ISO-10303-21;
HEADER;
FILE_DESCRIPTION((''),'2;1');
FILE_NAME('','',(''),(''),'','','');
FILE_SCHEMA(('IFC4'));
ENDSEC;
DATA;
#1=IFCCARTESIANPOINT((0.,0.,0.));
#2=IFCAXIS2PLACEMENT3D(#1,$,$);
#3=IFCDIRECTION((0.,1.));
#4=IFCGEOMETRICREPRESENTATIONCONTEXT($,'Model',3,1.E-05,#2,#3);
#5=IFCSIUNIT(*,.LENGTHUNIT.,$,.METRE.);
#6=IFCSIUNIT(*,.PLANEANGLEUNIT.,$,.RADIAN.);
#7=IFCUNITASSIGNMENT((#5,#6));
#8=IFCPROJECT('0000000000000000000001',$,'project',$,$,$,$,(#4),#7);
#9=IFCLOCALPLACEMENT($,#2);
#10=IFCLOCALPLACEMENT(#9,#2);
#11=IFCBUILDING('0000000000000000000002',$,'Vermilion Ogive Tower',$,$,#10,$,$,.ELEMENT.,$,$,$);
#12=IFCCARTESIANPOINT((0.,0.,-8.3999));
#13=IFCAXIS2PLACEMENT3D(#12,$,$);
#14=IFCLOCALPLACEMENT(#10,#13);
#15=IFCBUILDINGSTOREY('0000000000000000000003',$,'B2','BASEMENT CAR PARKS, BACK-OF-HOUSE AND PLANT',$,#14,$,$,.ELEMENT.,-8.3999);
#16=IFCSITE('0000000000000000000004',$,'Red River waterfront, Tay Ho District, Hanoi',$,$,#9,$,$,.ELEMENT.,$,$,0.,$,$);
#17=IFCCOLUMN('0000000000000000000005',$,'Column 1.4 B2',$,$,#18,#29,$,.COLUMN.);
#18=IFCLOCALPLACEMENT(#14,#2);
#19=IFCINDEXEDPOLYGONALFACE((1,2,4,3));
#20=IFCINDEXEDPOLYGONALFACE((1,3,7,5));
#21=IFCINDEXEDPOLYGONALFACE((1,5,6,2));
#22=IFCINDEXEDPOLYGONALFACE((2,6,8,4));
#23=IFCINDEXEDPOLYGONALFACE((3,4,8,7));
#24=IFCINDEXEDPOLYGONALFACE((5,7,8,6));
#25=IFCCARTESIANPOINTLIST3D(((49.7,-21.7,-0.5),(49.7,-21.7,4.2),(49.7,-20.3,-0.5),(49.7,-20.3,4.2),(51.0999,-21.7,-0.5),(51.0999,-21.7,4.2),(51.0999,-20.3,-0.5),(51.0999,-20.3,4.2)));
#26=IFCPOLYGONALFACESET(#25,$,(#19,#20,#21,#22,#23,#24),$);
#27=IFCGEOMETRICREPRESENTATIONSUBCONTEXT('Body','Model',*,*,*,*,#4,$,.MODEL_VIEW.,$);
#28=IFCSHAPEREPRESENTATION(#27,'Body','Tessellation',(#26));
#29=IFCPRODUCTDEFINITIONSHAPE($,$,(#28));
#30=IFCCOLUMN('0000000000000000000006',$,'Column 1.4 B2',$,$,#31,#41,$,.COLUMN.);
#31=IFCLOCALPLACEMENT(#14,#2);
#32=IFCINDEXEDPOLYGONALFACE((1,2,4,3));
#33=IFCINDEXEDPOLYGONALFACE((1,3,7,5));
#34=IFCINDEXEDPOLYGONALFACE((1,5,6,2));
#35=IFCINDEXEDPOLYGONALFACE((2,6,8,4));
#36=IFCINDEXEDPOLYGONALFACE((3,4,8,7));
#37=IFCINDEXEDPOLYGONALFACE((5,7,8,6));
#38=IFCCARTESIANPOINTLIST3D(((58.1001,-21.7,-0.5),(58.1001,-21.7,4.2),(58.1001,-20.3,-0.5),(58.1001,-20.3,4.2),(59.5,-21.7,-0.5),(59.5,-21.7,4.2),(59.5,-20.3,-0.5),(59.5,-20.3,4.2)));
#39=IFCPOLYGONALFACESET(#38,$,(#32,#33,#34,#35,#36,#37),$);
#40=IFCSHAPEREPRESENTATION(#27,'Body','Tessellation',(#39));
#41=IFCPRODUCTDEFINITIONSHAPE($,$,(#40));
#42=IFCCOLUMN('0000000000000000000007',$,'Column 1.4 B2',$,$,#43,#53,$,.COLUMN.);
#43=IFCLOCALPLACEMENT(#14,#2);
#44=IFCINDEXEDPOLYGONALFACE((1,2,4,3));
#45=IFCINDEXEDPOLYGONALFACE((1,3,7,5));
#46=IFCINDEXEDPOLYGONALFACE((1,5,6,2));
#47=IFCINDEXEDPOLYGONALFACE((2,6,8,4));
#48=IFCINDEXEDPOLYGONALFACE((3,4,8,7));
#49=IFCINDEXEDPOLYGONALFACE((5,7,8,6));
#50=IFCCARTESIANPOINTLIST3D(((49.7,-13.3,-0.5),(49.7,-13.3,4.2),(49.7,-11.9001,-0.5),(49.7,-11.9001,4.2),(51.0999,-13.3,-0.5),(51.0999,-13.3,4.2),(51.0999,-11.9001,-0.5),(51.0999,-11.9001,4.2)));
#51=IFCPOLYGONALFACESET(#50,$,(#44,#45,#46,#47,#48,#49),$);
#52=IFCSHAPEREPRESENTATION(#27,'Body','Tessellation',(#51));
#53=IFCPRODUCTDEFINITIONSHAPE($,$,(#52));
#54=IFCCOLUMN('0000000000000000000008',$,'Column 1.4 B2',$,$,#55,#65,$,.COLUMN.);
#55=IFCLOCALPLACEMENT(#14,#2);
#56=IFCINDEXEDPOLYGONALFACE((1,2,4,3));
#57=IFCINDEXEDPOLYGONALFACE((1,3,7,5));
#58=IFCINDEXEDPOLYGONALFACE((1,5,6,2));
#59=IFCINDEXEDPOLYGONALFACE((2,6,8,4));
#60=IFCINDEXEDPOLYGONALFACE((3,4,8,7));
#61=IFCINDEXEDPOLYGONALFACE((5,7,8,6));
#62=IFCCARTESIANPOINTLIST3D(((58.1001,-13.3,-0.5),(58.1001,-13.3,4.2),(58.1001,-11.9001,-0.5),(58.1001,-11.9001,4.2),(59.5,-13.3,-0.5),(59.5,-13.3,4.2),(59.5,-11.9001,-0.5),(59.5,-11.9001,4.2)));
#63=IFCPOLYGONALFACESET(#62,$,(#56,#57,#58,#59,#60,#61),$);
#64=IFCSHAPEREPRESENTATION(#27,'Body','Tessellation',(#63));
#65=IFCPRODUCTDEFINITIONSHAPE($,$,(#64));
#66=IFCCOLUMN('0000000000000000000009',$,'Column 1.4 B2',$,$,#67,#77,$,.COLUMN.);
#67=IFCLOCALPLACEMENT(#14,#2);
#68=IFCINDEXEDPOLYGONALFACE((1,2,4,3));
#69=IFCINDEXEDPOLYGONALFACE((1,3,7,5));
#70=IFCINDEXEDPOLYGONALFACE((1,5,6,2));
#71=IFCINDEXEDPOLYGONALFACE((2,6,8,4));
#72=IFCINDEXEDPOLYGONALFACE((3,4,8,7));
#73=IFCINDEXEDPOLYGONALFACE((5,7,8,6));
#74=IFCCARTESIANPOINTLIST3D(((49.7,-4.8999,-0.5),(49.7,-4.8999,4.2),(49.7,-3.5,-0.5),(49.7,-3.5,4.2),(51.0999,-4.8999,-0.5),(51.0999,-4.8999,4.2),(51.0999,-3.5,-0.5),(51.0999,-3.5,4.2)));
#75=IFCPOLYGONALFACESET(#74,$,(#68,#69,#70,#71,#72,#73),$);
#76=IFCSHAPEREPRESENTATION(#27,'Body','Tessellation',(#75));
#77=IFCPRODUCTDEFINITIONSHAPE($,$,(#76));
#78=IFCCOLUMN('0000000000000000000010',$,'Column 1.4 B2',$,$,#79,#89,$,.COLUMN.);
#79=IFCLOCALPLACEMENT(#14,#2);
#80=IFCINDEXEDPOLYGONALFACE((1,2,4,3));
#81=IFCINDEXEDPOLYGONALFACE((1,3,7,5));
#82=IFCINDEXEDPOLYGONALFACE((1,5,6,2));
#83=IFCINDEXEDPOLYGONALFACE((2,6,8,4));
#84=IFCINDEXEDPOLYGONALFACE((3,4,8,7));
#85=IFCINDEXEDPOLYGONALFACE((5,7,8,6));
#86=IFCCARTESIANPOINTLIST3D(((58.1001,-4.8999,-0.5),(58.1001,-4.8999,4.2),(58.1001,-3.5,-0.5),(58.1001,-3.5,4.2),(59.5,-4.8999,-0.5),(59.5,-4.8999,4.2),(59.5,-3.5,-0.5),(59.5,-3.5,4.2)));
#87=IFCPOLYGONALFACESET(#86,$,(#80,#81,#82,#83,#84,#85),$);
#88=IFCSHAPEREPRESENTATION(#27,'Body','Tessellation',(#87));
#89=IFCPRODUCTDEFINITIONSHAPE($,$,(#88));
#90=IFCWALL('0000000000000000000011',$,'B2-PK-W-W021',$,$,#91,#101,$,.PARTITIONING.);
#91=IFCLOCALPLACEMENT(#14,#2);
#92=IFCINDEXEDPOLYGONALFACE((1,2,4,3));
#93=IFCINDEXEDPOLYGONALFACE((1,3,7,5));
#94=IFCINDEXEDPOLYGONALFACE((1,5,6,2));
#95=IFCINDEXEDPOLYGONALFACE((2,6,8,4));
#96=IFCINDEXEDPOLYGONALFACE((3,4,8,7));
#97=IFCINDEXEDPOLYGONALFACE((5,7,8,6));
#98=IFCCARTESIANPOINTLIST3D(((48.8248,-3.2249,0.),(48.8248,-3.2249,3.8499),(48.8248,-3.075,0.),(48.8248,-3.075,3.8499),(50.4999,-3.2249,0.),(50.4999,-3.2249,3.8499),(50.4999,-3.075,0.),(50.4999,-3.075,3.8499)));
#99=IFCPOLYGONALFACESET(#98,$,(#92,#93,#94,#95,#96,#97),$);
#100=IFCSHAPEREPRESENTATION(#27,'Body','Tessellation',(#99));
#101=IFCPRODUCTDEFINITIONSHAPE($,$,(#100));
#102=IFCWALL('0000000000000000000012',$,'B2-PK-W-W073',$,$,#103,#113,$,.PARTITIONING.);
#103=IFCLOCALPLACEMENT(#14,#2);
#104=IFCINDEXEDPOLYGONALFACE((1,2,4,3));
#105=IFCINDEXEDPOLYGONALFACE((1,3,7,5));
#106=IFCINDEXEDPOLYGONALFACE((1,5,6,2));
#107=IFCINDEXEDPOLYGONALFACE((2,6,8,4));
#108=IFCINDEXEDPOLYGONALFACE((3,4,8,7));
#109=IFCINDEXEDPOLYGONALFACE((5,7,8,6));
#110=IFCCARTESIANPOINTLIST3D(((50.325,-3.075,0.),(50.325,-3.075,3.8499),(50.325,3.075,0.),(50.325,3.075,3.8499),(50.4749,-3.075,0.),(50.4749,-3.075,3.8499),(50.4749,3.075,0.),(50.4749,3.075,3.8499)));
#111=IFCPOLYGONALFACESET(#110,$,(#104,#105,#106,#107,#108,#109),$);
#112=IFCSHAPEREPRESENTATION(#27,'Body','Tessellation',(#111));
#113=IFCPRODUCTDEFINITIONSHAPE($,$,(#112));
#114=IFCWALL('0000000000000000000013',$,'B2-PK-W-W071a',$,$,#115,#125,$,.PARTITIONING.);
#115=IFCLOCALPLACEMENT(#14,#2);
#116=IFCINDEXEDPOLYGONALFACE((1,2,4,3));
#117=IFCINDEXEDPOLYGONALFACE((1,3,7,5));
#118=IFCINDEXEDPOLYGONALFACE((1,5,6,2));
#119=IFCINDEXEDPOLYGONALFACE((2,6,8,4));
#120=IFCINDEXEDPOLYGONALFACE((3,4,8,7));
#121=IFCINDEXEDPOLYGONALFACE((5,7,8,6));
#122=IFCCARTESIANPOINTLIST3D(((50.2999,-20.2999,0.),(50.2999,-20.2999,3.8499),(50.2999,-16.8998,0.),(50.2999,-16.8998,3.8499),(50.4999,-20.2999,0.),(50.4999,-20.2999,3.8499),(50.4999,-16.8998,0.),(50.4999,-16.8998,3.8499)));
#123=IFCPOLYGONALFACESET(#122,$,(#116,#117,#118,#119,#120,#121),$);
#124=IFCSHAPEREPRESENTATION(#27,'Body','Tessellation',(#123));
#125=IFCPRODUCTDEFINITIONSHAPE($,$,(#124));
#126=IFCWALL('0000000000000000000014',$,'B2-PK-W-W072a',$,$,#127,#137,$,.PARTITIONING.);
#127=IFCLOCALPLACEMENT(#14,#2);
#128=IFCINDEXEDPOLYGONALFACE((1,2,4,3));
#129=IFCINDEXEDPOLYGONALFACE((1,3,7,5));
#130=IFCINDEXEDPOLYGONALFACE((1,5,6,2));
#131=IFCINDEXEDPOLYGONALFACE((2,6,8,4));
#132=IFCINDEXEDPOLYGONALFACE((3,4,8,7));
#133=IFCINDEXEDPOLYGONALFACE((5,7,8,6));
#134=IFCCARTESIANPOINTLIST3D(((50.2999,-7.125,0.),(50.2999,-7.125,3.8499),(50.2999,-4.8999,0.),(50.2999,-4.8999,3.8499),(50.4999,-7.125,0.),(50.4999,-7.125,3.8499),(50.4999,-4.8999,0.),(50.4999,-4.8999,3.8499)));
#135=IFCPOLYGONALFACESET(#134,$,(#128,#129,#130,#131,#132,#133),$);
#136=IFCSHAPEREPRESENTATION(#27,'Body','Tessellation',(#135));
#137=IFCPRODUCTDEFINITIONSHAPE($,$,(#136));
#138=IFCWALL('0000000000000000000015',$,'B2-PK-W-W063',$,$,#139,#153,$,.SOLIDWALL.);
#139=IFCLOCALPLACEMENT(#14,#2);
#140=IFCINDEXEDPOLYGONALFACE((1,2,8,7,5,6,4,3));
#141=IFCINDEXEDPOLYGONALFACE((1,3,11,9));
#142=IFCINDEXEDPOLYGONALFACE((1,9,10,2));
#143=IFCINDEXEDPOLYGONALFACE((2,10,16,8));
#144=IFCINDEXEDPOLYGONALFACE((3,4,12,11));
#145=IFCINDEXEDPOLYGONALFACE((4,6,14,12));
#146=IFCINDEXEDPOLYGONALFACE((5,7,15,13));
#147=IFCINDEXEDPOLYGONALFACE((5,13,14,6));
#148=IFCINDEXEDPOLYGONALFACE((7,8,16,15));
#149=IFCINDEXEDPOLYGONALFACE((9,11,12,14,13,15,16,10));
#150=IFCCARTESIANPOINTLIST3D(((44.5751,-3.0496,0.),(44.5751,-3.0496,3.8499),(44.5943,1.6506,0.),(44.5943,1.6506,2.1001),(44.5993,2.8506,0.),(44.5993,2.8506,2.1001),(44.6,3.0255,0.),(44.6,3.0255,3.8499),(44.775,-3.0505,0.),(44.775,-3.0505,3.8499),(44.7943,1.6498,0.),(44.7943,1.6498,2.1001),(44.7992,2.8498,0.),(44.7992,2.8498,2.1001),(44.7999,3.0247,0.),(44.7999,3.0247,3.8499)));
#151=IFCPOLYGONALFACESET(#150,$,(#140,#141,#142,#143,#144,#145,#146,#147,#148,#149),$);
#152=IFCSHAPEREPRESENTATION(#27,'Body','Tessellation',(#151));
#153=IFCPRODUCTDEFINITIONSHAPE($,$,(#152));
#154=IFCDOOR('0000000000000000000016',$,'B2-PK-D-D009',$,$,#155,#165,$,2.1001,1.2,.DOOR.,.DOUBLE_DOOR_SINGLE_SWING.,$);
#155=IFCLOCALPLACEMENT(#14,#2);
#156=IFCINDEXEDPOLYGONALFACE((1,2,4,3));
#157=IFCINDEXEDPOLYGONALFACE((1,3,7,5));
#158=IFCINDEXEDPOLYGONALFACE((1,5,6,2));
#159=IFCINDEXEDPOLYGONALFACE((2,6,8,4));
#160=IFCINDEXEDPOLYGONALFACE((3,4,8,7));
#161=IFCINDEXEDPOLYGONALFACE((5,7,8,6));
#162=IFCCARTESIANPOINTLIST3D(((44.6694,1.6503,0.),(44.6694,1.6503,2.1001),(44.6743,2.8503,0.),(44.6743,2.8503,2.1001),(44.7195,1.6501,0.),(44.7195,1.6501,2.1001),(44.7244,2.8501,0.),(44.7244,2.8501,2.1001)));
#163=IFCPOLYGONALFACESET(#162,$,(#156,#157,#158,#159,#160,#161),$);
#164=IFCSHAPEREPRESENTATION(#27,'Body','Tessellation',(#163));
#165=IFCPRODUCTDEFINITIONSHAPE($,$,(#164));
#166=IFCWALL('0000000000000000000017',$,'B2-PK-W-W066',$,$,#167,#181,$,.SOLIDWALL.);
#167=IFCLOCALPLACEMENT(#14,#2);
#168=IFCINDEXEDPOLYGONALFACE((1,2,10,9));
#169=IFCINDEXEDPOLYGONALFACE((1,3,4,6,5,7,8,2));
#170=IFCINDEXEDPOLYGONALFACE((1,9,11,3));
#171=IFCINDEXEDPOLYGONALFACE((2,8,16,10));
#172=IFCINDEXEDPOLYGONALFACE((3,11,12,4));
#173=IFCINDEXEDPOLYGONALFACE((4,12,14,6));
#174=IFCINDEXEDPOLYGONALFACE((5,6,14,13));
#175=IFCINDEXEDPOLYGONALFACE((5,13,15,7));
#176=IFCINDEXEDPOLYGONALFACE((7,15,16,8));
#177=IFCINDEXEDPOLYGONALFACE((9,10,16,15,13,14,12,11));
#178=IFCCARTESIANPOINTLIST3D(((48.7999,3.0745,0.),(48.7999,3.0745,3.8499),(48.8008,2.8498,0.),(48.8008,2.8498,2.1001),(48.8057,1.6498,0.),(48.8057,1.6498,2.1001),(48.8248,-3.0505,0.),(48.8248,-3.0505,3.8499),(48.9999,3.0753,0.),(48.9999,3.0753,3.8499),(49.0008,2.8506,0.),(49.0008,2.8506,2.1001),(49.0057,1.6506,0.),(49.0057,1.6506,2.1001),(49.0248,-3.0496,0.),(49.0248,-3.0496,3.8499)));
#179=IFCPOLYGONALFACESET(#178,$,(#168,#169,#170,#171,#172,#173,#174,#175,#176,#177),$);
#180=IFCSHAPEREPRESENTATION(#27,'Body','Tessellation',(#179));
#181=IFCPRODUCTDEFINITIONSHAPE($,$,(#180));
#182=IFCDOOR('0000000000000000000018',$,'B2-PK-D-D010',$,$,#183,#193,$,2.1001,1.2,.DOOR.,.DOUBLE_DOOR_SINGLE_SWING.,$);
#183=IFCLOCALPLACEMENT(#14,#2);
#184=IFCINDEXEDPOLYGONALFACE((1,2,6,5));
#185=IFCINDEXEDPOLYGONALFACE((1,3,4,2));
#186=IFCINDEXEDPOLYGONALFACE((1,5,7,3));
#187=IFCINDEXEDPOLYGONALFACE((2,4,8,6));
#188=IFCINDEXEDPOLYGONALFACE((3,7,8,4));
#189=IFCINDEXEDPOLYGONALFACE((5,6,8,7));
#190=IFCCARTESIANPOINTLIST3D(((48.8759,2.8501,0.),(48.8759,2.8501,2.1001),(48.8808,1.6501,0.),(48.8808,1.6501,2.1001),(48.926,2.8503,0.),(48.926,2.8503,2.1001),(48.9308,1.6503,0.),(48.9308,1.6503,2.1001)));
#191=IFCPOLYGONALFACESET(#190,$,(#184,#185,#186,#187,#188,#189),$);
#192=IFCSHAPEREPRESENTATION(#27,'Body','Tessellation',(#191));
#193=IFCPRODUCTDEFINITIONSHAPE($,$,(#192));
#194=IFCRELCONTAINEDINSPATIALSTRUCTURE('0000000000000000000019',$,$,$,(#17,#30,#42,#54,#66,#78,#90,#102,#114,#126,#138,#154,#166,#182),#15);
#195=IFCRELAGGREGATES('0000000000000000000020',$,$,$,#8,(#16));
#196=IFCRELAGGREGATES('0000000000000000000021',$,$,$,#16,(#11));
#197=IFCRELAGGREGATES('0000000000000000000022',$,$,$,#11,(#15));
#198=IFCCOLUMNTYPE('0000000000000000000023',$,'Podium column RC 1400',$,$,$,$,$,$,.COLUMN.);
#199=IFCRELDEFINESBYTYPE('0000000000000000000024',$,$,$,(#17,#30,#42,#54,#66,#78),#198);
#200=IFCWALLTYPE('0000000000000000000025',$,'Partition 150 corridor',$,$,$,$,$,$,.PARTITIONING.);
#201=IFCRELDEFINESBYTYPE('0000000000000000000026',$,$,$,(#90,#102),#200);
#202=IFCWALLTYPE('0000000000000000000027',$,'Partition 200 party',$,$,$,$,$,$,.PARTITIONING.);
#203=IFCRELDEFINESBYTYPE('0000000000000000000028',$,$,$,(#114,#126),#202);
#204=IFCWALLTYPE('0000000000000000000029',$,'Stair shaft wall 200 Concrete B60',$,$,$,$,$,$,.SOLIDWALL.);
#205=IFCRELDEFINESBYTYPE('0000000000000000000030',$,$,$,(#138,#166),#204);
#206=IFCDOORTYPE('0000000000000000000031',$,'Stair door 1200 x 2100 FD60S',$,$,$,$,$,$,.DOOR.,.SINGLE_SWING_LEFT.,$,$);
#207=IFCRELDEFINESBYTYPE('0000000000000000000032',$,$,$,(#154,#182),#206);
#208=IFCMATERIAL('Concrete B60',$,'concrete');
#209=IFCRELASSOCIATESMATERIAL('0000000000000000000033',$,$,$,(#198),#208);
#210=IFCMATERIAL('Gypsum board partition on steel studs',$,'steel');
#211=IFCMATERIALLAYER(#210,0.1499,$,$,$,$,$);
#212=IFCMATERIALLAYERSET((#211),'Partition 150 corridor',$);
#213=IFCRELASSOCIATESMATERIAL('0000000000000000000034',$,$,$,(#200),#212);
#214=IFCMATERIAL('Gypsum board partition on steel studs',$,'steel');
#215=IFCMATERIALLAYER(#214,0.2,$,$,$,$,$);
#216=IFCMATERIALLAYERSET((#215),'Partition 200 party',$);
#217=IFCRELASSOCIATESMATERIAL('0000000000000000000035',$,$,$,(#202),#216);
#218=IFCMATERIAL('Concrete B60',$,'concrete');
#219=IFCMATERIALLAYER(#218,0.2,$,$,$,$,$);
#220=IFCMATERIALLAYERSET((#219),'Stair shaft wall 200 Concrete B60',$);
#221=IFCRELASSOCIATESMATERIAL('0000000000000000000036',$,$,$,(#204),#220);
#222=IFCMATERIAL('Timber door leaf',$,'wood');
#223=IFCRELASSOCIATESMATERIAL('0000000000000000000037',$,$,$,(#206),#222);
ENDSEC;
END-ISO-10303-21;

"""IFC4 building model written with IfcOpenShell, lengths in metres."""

from ifc_helpers import new_model, si_unit, direction, frame, frame_2d, origin, origin_2d, place, context, subcontext, project, spatial, rectangle, extrude, material, layer, layer_set, material_profile, profile_set, type_object, element, fill, save


model = new_model("IFC4")

# Units and contexts
model_context = context("Model", 3, precision=1e-05, world=origin(), true_north=direction((0.0, 1.0)))
body_context = subcontext(model_context, "Body", "Model", "MODEL_VIEW")
ifc_project = project(units=[si_unit("LENGTHUNIT", "METRE"), si_unit("PLANEANGLEUNIT", "RADIAN")], contexts=[model_context])

# Site, building, storey
site_placement = place(None, origin())
site = spatial("IfcSite", under=ifc_project, at=site_placement, Name="Red River waterfront, Tay Ho District, Hanoi", CompositionType="ELEMENT", RefElevation=0.0)
building_placement = place(site_placement, origin())
building = spatial("IfcBuilding", under=site, at=building_placement, Name="Vermilion Ogive Tower", CompositionType="ELEMENT")
storey_placement = place(building_placement, frame((0.0, 0.0, -8.3999)))
storey = spatial("IfcBuildingStorey", under=building, at=storey_placement, Name="B2", Description="BASEMENT CAR PARKS, BACK-OF-HOUSE AND PLANT", CompositionType="ELEMENT", Elevation=-8.3999)

# Columns
ifc_material_1 = material(Name="Concrete B60", Category="concrete")
ifc_material_profile = material_profile(ifc_material_1, rectangle(XDim=1.3999, YDim=1.3999, at=origin_2d()), Name="RC 1400x1400")
ifc_profile_set = profile_set([ifc_material_profile], Name="Concrete B60")
column_type = type_object("IfcColumnType", Name="Podium column RC 1400", PredefinedType="COLUMN", material=ifc_profile_set)
for number, where, z_axis, x_axis, name in (
    (1, (50.3999, -21.0, -0.5), (0.0, 0.0, 1.0), (1.0, 0.0, 0.0), "Column 1.4 B2"),
    (2, (58.8, -21.0, -0.5), (0.0, 0.0, 1.0), (1.0, 0.0, 0.0), "Column 1.4 B2"),
    (3, (50.3999, -12.6001, -0.5), (0.0, 0.0, 1.0), (1.0, 0.0, 0.0), "Column 1.4 B2"),
    (4, (58.8, -12.6001, -0.5), (0.0, 0.0, 1.0), (1.0, 0.0, 0.0), "Column 1.4 B2"),
    (5, (50.3999, -4.2, -0.5), (0.0, 0.0, 1.0), (1.0, 0.0, 0.0), "Column 1.4 B2"),
    (6, (58.8, -4.2, -0.5), (0.0, 0.0, 1.0), (1.0, 0.0, 0.0), "Column 1.4 B2"),
):
    element("IfcColumn", number, at=place(storey_placement, frame(where, z_axis=z_axis, x_axis=x_axis)), inside=storey, type_object=column_type, Name=name, PredefinedType="COLUMN", context=body_context, shape_type="SweptSolid", body=[
        extrude(rectangle(XDim=1.3999, YDim=1.3999, at=origin_2d()), origin(), (0.0, 0.0, 1.0), 4.7),
    ])

# Walls
ifc_material_2 = material(Name="Gypsum board partition on steel studs", Category="steel")
ifc_layer_1 = layer(ifc_material_2, 0.1499)
ifc_layer_set_1 = layer_set([ifc_layer_1], Name="Partition 150 corridor")
wall_type_1 = type_object("IfcWallType", Name="Partition 150 corridor", PredefinedType="PARTITIONING", material=ifc_layer_set_1)
wall_1_placement = place(storey_placement, frame((48.825, -3.1499, 0.0), z_axis=(0.0, 0.0, 1.0), x_axis=(1.0, 0.0, 0.0)))
element("IfcWall", 7, at=wall_1_placement, inside=storey, type_object=wall_type_1, Name="B2-PK-W-W021", PredefinedType="PARTITIONING", context=body_context, shape_type="SweptSolid", body=[
    extrude(rectangle(XDim=1.675, YDim=0.1499, at=frame_2d((0.8374, 0.0))), origin(), (0.0, 0.0, 1.0), 3.8499),
])
wall_2_placement = place(storey_placement, frame((50.3999, -3.075, 0.0), z_axis=(0.0, 0.0, 1.0), x_axis=(0.0, 1.0, 0.0)))
element("IfcWall", 8, at=wall_2_placement, inside=storey, type_object=wall_type_1, Name="B2-PK-W-W073", PredefinedType="PARTITIONING", context=body_context, shape_type="SweptSolid", body=[
    extrude(rectangle(XDim=6.1499, YDim=0.1499, at=frame_2d((3.075, 0.0))), origin(), (0.0, 0.0, 1.0), 3.8499),
])
ifc_material_3 = material(Name="Gypsum board partition on steel studs", Category="steel")
ifc_layer_2 = layer(ifc_material_3, 0.2)
ifc_layer_set_2 = layer_set([ifc_layer_2], Name="Partition 200 party")
wall_type_2 = type_object("IfcWallType", Name="Partition 200 party", PredefinedType="PARTITIONING", material=ifc_layer_set_2)
wall_3_placement = place(storey_placement, frame((50.3999, -20.3, 0.0), z_axis=(0.0, 0.0, 1.0), x_axis=(0.0, 1.0, 0.0)))
element("IfcWall", 9, at=wall_3_placement, inside=storey, type_object=wall_type_2, Name="B2-PK-W-W071a", PredefinedType="PARTITIONING", context=body_context, shape_type="SweptSolid", body=[
    extrude(rectangle(XDim=3.4001, YDim=0.2, at=frame_2d((1.7002, 0.0))), origin(), (0.0, 0.0, 1.0), 3.8499),
])
wall_4_placement = place(storey_placement, frame((50.3999, -7.125, 0.0), z_axis=(0.0, 0.0, 1.0), x_axis=(0.0, 1.0, 0.0)))
element("IfcWall", 10, at=wall_4_placement, inside=storey, type_object=wall_type_2, Name="B2-PK-W-W072a", PredefinedType="PARTITIONING", context=body_context, shape_type="SweptSolid", body=[
    extrude(rectangle(XDim=2.2251, YDim=0.2, at=frame_2d((1.1125, 0.0))), origin(), (0.0, 0.0, 1.0), 3.8499),
])

# Walls, openings, doors
ifc_material_4 = material(Name="Concrete B60", Category="concrete")
ifc_layer_3 = layer(ifc_material_4, 0.2)
ifc_layer_set_3 = layer_set([ifc_layer_3], Name="Stair shaft wall 200 Concrete B60")
wall_type_3 = type_object("IfcWallType", Name="Stair shaft wall 200 Concrete B60", PredefinedType="SOLIDWALL", material=ifc_layer_set_3)
wall_5_placement = place(storey_placement, frame((44.675, -3.05, 0.0), z_axis=(0.0, 0.0, 1.0), x_axis=(0.004099, 0.999992, 0.0)))
wall_5 = element("IfcWall", 11, at=wall_5_placement, inside=storey, type_object=wall_type_3, Name="B2-PK-W-W063", PredefinedType="SOLIDWALL", context=body_context, shape_type="SweptSolid", body=[
    extrude(rectangle(XDim=6.0752, YDim=0.2, at=frame_2d((3.0376, 0.0))), origin(), (0.0, 0.0, 1.0), 3.8499),
])
opening_1_placement = place(wall_5_placement, frame((4.7002, 0.0, 0.0)))
opening_1 = element("IfcOpeningElement", 12, at=opening_1_placement, cuts=wall_5, PredefinedType="OPENING", context=body_context, shape_type="SweptSolid", body=[
    extrude(rectangle(XDim=1.2, YDim=2.1001, at=frame_2d((0.6001, 1.05))), frame((0.0, 0.1099, 0.0), z_axis=(0.0, -1.0, 0.0), x_axis=(1.0, 0.0, 0.0)), (0.0, 0.0, 1.0), 0.22),
])
ifc_material_5 = material(Name="Timber door leaf", Category="wood")
door_type = type_object("IfcDoorType", Name="Stair door 1200 x 2100 FD60S", OperationType="SINGLE_SWING_LEFT", PredefinedType="DOOR", material=ifc_material_5)
door_1_placement = place(opening_1_placement, origin())
door_1 = element("IfcDoor", 13, at=door_1_placement, inside=storey, type_object=door_type, Name="B2-PK-D-D009", OperationType="DOUBLE_DOOR_SINGLE_SWING", OverallHeight=2.1001, OverallWidth=1.2, PredefinedType="DOOR", context=body_context, shape_type="SweptSolid", body=[
    extrude(rectangle(XDim=1.2, YDim=2.1001, at=frame_2d((0.6001, 1.05))), frame((0.0, 0.0249, 0.0), z_axis=(0.0, -1.0, 0.0), x_axis=(1.0, 0.0, 0.0)), (0.0, 0.0, 1.0), 0.05),
])
fill(opening_1, door_1)
wall_6_placement = place(storey_placement, frame((48.9248, -3.05, 0.0), z_axis=(0.0, 0.0, 1.0), x_axis=(-0.004066, 0.999992, 0.0)))
wall_6 = element("IfcWall", 14, at=wall_6_placement, inside=storey, type_object=wall_type_3, Name="B2-PK-W-W066", PredefinedType="SOLIDWALL", context=body_context, shape_type="SweptSolid", body=[
    extrude(rectangle(XDim=6.125, YDim=0.2, at=frame_2d((3.0625, 0.0))), origin(), (0.0, 0.0, 1.0), 3.8499),
])
opening_2_placement = place(wall_6_placement, frame((4.7002, 0.0, 0.0)))
opening_2 = element("IfcOpeningElement", 15, at=opening_2_placement, cuts=wall_6, PredefinedType="OPENING", context=body_context, shape_type="SweptSolid", body=[
    extrude(rectangle(XDim=1.2, YDim=2.1001, at=frame_2d((0.6001, 1.05))), frame((0.0, 0.1099, 0.0), z_axis=(0.0, -1.0, 0.0), x_axis=(1.0, 0.0, 0.0)), (0.0, 0.0, 1.0), 0.22),
])
door_2_placement = place(opening_2_placement, origin())
door_2 = element("IfcDoor", 16, at=door_2_placement, inside=storey, type_object=door_type, Name="B2-PK-D-D010", OperationType="DOUBLE_DOOR_SINGLE_SWING", OverallHeight=2.1001, OverallWidth=1.2, PredefinedType="DOOR", context=body_context, shape_type="SweptSolid", body=[
    extrude(rectangle(XDim=1.2, YDim=2.1001, at=frame_2d((0.6001, 1.05))), frame((0.0, 0.0249, 0.0), z_axis=(0.0, -1.0, 0.0), x_axis=(1.0, 0.0, 0.0)), (0.0, 0.0, 1.0), 0.05),
])
fill(opening_2, door_2)

save(model, "model.ifc")
